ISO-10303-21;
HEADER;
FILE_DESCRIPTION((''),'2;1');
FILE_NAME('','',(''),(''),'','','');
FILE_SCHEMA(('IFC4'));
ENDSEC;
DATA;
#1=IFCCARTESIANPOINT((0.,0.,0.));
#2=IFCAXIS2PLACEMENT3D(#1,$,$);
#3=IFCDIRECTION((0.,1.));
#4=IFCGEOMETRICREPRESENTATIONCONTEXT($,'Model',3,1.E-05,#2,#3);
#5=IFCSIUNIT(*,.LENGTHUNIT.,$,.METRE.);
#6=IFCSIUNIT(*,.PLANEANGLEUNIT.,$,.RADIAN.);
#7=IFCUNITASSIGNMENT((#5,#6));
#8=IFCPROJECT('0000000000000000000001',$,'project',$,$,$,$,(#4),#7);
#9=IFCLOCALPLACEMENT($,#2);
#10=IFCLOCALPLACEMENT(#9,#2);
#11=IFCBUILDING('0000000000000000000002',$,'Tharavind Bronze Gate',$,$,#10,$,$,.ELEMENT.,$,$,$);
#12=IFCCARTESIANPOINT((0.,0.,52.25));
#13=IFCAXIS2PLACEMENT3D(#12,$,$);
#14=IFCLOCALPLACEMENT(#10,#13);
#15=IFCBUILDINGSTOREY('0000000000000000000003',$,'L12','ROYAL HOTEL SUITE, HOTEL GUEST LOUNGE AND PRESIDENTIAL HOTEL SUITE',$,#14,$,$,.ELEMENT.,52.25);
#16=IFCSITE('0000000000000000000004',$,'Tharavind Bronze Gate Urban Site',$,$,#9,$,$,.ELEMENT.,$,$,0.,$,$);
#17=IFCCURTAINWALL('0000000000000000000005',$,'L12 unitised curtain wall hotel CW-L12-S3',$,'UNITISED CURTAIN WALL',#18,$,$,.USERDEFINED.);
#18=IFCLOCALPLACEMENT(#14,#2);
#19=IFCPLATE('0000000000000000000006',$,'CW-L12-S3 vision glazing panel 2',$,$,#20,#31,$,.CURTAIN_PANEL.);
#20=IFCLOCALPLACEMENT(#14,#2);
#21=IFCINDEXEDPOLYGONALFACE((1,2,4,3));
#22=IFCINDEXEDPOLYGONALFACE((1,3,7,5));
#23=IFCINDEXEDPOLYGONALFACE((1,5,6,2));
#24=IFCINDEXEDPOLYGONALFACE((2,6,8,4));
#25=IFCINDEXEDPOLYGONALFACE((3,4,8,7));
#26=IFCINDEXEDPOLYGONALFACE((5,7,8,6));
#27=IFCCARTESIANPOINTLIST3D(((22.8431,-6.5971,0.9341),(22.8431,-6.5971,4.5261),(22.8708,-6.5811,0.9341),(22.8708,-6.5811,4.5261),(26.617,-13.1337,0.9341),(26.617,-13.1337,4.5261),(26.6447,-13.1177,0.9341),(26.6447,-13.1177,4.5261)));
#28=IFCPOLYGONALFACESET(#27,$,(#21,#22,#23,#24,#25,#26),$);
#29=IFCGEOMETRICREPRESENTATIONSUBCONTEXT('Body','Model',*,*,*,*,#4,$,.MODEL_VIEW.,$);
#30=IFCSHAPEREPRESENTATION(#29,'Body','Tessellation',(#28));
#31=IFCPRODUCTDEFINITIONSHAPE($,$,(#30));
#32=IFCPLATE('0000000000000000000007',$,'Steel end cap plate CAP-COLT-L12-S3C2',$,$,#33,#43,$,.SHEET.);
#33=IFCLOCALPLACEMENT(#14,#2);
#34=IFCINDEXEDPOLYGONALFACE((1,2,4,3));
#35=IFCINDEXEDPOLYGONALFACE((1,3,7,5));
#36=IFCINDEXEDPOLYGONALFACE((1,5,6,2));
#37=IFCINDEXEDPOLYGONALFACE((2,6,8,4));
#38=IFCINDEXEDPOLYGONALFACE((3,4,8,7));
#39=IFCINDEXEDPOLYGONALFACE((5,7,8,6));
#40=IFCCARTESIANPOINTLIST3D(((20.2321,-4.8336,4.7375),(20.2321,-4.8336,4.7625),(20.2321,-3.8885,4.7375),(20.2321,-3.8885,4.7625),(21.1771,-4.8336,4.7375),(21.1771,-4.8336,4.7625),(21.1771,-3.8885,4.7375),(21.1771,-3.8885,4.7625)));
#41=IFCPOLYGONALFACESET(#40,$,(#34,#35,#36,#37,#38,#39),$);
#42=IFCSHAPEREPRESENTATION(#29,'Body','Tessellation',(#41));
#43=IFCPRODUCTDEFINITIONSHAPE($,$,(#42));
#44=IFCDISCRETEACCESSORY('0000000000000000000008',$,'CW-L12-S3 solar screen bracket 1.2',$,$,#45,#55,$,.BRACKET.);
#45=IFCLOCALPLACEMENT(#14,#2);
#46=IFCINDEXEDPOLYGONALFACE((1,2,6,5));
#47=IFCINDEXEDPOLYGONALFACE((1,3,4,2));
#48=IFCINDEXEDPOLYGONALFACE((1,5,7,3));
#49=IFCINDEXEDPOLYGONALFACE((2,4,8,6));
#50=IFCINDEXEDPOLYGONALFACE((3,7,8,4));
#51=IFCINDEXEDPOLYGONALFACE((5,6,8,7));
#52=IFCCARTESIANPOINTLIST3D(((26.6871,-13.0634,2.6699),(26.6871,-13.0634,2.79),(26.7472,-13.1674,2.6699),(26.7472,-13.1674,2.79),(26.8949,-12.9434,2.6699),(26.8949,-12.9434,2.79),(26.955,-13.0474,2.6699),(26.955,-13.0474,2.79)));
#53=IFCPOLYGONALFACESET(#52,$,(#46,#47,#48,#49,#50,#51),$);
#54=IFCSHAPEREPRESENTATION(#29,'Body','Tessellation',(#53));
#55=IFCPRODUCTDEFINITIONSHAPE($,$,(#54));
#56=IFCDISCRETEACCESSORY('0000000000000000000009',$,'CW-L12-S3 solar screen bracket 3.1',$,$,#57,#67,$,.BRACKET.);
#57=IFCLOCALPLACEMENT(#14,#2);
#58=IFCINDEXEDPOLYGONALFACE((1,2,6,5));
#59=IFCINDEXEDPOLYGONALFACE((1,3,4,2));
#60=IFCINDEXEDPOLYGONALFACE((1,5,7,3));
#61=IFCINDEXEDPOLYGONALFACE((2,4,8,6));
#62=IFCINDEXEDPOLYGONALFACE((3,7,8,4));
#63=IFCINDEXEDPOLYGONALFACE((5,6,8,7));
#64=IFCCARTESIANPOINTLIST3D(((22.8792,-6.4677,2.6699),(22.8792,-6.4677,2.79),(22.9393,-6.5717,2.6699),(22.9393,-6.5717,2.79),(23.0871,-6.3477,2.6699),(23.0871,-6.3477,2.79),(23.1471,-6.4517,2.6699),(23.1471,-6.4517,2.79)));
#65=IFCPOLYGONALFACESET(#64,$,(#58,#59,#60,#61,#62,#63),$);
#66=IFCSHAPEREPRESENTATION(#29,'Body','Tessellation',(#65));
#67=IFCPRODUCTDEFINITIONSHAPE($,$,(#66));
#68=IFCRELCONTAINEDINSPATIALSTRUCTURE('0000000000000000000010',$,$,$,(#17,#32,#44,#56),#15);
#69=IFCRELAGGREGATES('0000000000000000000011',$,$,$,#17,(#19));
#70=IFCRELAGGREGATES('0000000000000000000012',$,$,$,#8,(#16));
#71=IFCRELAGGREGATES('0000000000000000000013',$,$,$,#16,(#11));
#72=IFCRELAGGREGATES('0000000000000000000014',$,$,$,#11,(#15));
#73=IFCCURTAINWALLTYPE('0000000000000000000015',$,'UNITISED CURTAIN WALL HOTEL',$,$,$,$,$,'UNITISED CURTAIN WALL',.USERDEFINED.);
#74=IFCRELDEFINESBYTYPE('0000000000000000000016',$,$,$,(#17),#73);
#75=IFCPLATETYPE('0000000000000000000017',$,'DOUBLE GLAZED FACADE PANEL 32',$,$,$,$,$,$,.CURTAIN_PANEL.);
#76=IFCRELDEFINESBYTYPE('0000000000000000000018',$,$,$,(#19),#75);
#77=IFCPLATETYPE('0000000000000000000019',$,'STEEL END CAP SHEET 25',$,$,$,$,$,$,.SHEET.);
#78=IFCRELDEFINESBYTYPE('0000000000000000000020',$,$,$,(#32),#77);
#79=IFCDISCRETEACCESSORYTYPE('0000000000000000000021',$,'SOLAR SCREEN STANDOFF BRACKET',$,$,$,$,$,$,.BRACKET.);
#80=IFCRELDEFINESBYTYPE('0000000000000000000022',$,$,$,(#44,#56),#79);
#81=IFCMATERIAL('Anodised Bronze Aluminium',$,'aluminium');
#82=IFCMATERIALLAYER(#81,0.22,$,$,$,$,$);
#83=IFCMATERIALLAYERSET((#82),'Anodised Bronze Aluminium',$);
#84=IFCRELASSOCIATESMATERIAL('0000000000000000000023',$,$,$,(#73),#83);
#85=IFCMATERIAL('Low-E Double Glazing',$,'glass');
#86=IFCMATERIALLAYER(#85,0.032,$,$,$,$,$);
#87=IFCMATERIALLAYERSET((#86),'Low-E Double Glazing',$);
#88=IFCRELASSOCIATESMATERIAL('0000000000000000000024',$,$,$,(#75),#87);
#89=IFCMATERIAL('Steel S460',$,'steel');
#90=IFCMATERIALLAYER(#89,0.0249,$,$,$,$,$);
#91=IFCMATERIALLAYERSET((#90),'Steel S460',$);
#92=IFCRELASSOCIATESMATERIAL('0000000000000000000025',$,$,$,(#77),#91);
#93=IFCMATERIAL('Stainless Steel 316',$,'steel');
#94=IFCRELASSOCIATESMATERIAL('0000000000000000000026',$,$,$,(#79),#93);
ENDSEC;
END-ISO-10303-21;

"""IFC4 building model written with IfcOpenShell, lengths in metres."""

from ifc_helpers import new_model, si_unit, direction, frame, origin, origin_2d, place, context, subcontext, project, spatial, rectangle, extrude, material, layer, layer_set, type_object, element, aggregate, save


model = new_model("IFC4")

# Units and contexts
model_context = context("Model", 3, precision=1e-05, world=origin(), true_north=direction((0.0, 1.0)))
body_context = subcontext(model_context, "Body", "Model", "MODEL_VIEW")
ifc_project = project(units=[si_unit("LENGTHUNIT", "METRE"), si_unit("PLANEANGLEUNIT", "RADIAN")], contexts=[model_context])

# Site, building, storey
site_placement = place(None, origin())
site = spatial("IfcSite", under=ifc_project, at=site_placement, Name="Tharavind Bronze Gate Urban Site", CompositionType="ELEMENT", RefElevation=0.0)
building_placement = place(site_placement, origin())
building = spatial("IfcBuilding", under=site, at=building_placement, Name="Tharavind Bronze Gate", CompositionType="ELEMENT")
storey_placement = place(building_placement, frame((0.0, 0.0, 52.25)))
storey = spatial("IfcBuildingStorey", under=building, at=storey_placement, Name="L12", Description="ROYAL HOTEL SUITE, HOTEL GUEST LOUNGE AND PRESIDENTIAL HOTEL SUITE", CompositionType="ELEMENT", Elevation=52.25)

# Shared definitions
ifc_material_1 = material(Name="Steel S460", Category="steel")

# Curtain wall
ifc_material_2 = material(Name="Anodised Bronze Aluminium", Category="aluminium")
ifc_layer_1 = layer(ifc_material_2, 0.22)
ifc_layer_set_1 = layer_set([ifc_layer_1], Name="Anodised Bronze Aluminium")
curtain_wall_type = type_object("IfcCurtainWallType", Name="UNITISED CURTAIN WALL HOTEL", ElementType="UNITISED CURTAIN WALL", PredefinedType="USERDEFINED", material=ifc_layer_set_1)
curtain_wall_placement = place(storey_placement, origin())
curtain_wall = element("IfcCurtainWall", 1, at=curtain_wall_placement, inside=storey, type_object=curtain_wall_type, Name="L12 unitised curtain wall hotel CW-L12-S3", ObjectType="UNITISED CURTAIN WALL", PredefinedType="USERDEFINED")

# Plates
ifc_material_3 = material(Name="Low-E Double Glazing", Category="glass")
ifc_layer_2 = layer(ifc_material_3, 0.032)
ifc_layer_set_2 = layer_set([ifc_layer_2], Name="Low-E Double Glazing")
plate_type_1 = type_object("IfcPlateType", Name="DOUBLE GLAZED FACADE PANEL 32", PredefinedType="CURTAIN_PANEL", material=ifc_layer_set_2)
plate_1_placement = place(storey_placement, frame((24.7439, -9.8574, 0.9341), z_axis=(0.0, 0.0, 1.0), x_axis=(-0.500002, 0.866025, 0.0)))
plate_1 = element("IfcPlate", 2, at=plate_1_placement, type_object=plate_type_1, Name="CW-L12-S3 vision glazing panel 2", PredefinedType="CURTAIN_PANEL", context=body_context, shape_type="SweptSolid", body=[
    extrude(rectangle(XDim=7.5479, YDim=0.032, at=origin_2d()), origin(), (0.0, 0.0, 1.0), 3.592),
])
aggregate(curtain_wall, [plate_1])
ifc_layer_3 = layer(ifc_material_1, 0.0249)
ifc_layer_set_3 = layer_set([ifc_layer_3], Name="Steel S460")
plate_type_2 = type_object("IfcPlateType", Name="STEEL END CAP SHEET 25", PredefinedType="SHEET", material=ifc_layer_set_3)
plate_2_placement = place(storey_placement, frame((20.7046, -4.3611, 4.7375), z_axis=(0.0, 0.0, 1.0), x_axis=(1.0, 0.0, 0.0)))
element("IfcPlate", 3, at=plate_2_placement, inside=storey, type_object=plate_type_2, Name="Steel end cap plate CAP-COLT-L12-S3C2", PredefinedType="SHEET", context=body_context, shape_type="SweptSolid", body=[
    extrude(rectangle(XDim=0.9451, YDim=0.9451, at=origin_2d()), origin(), (0.0, 0.0, 1.0), 0.0249),
])

# Discrete accessories
ifc_material_4 = material(Name="Stainless Steel 316", Category="steel")
discrete_accessory_type = type_object("IfcDiscreteAccessoryType", Name="SOLAR SCREEN STANDOFF BRACKET", PredefinedType="BRACKET", material=ifc_material_4)
for number, where, z_axis, x_axis, name in (
    (4, (26.821, -13.0554, 2.6699), (0.0, 0.0, 1.0), (-0.500002, 0.866025, 0.0), "CW-L12-S3 solar screen bracket 1.2"),
    (5, (23.0132, -6.4597, 2.6699), (0.0, 0.0, 1.0), (-0.500002, 0.866025, 0.0), "CW-L12-S3 solar screen bracket 3.1"),
):
    element("IfcDiscreteAccessory", number, at=place(storey_placement, frame(where, z_axis=z_axis, x_axis=x_axis)), inside=storey, type_object=discrete_accessory_type, Name=name, PredefinedType="BRACKET", context=body_context, shape_type="SweptSolid", body=[
        extrude(rectangle(XDim=0.1201, YDim=0.24, at=origin_2d()), origin(), (0.0, 0.0, 1.0), 0.1201),
    ])

save(model, "model.ifc")
